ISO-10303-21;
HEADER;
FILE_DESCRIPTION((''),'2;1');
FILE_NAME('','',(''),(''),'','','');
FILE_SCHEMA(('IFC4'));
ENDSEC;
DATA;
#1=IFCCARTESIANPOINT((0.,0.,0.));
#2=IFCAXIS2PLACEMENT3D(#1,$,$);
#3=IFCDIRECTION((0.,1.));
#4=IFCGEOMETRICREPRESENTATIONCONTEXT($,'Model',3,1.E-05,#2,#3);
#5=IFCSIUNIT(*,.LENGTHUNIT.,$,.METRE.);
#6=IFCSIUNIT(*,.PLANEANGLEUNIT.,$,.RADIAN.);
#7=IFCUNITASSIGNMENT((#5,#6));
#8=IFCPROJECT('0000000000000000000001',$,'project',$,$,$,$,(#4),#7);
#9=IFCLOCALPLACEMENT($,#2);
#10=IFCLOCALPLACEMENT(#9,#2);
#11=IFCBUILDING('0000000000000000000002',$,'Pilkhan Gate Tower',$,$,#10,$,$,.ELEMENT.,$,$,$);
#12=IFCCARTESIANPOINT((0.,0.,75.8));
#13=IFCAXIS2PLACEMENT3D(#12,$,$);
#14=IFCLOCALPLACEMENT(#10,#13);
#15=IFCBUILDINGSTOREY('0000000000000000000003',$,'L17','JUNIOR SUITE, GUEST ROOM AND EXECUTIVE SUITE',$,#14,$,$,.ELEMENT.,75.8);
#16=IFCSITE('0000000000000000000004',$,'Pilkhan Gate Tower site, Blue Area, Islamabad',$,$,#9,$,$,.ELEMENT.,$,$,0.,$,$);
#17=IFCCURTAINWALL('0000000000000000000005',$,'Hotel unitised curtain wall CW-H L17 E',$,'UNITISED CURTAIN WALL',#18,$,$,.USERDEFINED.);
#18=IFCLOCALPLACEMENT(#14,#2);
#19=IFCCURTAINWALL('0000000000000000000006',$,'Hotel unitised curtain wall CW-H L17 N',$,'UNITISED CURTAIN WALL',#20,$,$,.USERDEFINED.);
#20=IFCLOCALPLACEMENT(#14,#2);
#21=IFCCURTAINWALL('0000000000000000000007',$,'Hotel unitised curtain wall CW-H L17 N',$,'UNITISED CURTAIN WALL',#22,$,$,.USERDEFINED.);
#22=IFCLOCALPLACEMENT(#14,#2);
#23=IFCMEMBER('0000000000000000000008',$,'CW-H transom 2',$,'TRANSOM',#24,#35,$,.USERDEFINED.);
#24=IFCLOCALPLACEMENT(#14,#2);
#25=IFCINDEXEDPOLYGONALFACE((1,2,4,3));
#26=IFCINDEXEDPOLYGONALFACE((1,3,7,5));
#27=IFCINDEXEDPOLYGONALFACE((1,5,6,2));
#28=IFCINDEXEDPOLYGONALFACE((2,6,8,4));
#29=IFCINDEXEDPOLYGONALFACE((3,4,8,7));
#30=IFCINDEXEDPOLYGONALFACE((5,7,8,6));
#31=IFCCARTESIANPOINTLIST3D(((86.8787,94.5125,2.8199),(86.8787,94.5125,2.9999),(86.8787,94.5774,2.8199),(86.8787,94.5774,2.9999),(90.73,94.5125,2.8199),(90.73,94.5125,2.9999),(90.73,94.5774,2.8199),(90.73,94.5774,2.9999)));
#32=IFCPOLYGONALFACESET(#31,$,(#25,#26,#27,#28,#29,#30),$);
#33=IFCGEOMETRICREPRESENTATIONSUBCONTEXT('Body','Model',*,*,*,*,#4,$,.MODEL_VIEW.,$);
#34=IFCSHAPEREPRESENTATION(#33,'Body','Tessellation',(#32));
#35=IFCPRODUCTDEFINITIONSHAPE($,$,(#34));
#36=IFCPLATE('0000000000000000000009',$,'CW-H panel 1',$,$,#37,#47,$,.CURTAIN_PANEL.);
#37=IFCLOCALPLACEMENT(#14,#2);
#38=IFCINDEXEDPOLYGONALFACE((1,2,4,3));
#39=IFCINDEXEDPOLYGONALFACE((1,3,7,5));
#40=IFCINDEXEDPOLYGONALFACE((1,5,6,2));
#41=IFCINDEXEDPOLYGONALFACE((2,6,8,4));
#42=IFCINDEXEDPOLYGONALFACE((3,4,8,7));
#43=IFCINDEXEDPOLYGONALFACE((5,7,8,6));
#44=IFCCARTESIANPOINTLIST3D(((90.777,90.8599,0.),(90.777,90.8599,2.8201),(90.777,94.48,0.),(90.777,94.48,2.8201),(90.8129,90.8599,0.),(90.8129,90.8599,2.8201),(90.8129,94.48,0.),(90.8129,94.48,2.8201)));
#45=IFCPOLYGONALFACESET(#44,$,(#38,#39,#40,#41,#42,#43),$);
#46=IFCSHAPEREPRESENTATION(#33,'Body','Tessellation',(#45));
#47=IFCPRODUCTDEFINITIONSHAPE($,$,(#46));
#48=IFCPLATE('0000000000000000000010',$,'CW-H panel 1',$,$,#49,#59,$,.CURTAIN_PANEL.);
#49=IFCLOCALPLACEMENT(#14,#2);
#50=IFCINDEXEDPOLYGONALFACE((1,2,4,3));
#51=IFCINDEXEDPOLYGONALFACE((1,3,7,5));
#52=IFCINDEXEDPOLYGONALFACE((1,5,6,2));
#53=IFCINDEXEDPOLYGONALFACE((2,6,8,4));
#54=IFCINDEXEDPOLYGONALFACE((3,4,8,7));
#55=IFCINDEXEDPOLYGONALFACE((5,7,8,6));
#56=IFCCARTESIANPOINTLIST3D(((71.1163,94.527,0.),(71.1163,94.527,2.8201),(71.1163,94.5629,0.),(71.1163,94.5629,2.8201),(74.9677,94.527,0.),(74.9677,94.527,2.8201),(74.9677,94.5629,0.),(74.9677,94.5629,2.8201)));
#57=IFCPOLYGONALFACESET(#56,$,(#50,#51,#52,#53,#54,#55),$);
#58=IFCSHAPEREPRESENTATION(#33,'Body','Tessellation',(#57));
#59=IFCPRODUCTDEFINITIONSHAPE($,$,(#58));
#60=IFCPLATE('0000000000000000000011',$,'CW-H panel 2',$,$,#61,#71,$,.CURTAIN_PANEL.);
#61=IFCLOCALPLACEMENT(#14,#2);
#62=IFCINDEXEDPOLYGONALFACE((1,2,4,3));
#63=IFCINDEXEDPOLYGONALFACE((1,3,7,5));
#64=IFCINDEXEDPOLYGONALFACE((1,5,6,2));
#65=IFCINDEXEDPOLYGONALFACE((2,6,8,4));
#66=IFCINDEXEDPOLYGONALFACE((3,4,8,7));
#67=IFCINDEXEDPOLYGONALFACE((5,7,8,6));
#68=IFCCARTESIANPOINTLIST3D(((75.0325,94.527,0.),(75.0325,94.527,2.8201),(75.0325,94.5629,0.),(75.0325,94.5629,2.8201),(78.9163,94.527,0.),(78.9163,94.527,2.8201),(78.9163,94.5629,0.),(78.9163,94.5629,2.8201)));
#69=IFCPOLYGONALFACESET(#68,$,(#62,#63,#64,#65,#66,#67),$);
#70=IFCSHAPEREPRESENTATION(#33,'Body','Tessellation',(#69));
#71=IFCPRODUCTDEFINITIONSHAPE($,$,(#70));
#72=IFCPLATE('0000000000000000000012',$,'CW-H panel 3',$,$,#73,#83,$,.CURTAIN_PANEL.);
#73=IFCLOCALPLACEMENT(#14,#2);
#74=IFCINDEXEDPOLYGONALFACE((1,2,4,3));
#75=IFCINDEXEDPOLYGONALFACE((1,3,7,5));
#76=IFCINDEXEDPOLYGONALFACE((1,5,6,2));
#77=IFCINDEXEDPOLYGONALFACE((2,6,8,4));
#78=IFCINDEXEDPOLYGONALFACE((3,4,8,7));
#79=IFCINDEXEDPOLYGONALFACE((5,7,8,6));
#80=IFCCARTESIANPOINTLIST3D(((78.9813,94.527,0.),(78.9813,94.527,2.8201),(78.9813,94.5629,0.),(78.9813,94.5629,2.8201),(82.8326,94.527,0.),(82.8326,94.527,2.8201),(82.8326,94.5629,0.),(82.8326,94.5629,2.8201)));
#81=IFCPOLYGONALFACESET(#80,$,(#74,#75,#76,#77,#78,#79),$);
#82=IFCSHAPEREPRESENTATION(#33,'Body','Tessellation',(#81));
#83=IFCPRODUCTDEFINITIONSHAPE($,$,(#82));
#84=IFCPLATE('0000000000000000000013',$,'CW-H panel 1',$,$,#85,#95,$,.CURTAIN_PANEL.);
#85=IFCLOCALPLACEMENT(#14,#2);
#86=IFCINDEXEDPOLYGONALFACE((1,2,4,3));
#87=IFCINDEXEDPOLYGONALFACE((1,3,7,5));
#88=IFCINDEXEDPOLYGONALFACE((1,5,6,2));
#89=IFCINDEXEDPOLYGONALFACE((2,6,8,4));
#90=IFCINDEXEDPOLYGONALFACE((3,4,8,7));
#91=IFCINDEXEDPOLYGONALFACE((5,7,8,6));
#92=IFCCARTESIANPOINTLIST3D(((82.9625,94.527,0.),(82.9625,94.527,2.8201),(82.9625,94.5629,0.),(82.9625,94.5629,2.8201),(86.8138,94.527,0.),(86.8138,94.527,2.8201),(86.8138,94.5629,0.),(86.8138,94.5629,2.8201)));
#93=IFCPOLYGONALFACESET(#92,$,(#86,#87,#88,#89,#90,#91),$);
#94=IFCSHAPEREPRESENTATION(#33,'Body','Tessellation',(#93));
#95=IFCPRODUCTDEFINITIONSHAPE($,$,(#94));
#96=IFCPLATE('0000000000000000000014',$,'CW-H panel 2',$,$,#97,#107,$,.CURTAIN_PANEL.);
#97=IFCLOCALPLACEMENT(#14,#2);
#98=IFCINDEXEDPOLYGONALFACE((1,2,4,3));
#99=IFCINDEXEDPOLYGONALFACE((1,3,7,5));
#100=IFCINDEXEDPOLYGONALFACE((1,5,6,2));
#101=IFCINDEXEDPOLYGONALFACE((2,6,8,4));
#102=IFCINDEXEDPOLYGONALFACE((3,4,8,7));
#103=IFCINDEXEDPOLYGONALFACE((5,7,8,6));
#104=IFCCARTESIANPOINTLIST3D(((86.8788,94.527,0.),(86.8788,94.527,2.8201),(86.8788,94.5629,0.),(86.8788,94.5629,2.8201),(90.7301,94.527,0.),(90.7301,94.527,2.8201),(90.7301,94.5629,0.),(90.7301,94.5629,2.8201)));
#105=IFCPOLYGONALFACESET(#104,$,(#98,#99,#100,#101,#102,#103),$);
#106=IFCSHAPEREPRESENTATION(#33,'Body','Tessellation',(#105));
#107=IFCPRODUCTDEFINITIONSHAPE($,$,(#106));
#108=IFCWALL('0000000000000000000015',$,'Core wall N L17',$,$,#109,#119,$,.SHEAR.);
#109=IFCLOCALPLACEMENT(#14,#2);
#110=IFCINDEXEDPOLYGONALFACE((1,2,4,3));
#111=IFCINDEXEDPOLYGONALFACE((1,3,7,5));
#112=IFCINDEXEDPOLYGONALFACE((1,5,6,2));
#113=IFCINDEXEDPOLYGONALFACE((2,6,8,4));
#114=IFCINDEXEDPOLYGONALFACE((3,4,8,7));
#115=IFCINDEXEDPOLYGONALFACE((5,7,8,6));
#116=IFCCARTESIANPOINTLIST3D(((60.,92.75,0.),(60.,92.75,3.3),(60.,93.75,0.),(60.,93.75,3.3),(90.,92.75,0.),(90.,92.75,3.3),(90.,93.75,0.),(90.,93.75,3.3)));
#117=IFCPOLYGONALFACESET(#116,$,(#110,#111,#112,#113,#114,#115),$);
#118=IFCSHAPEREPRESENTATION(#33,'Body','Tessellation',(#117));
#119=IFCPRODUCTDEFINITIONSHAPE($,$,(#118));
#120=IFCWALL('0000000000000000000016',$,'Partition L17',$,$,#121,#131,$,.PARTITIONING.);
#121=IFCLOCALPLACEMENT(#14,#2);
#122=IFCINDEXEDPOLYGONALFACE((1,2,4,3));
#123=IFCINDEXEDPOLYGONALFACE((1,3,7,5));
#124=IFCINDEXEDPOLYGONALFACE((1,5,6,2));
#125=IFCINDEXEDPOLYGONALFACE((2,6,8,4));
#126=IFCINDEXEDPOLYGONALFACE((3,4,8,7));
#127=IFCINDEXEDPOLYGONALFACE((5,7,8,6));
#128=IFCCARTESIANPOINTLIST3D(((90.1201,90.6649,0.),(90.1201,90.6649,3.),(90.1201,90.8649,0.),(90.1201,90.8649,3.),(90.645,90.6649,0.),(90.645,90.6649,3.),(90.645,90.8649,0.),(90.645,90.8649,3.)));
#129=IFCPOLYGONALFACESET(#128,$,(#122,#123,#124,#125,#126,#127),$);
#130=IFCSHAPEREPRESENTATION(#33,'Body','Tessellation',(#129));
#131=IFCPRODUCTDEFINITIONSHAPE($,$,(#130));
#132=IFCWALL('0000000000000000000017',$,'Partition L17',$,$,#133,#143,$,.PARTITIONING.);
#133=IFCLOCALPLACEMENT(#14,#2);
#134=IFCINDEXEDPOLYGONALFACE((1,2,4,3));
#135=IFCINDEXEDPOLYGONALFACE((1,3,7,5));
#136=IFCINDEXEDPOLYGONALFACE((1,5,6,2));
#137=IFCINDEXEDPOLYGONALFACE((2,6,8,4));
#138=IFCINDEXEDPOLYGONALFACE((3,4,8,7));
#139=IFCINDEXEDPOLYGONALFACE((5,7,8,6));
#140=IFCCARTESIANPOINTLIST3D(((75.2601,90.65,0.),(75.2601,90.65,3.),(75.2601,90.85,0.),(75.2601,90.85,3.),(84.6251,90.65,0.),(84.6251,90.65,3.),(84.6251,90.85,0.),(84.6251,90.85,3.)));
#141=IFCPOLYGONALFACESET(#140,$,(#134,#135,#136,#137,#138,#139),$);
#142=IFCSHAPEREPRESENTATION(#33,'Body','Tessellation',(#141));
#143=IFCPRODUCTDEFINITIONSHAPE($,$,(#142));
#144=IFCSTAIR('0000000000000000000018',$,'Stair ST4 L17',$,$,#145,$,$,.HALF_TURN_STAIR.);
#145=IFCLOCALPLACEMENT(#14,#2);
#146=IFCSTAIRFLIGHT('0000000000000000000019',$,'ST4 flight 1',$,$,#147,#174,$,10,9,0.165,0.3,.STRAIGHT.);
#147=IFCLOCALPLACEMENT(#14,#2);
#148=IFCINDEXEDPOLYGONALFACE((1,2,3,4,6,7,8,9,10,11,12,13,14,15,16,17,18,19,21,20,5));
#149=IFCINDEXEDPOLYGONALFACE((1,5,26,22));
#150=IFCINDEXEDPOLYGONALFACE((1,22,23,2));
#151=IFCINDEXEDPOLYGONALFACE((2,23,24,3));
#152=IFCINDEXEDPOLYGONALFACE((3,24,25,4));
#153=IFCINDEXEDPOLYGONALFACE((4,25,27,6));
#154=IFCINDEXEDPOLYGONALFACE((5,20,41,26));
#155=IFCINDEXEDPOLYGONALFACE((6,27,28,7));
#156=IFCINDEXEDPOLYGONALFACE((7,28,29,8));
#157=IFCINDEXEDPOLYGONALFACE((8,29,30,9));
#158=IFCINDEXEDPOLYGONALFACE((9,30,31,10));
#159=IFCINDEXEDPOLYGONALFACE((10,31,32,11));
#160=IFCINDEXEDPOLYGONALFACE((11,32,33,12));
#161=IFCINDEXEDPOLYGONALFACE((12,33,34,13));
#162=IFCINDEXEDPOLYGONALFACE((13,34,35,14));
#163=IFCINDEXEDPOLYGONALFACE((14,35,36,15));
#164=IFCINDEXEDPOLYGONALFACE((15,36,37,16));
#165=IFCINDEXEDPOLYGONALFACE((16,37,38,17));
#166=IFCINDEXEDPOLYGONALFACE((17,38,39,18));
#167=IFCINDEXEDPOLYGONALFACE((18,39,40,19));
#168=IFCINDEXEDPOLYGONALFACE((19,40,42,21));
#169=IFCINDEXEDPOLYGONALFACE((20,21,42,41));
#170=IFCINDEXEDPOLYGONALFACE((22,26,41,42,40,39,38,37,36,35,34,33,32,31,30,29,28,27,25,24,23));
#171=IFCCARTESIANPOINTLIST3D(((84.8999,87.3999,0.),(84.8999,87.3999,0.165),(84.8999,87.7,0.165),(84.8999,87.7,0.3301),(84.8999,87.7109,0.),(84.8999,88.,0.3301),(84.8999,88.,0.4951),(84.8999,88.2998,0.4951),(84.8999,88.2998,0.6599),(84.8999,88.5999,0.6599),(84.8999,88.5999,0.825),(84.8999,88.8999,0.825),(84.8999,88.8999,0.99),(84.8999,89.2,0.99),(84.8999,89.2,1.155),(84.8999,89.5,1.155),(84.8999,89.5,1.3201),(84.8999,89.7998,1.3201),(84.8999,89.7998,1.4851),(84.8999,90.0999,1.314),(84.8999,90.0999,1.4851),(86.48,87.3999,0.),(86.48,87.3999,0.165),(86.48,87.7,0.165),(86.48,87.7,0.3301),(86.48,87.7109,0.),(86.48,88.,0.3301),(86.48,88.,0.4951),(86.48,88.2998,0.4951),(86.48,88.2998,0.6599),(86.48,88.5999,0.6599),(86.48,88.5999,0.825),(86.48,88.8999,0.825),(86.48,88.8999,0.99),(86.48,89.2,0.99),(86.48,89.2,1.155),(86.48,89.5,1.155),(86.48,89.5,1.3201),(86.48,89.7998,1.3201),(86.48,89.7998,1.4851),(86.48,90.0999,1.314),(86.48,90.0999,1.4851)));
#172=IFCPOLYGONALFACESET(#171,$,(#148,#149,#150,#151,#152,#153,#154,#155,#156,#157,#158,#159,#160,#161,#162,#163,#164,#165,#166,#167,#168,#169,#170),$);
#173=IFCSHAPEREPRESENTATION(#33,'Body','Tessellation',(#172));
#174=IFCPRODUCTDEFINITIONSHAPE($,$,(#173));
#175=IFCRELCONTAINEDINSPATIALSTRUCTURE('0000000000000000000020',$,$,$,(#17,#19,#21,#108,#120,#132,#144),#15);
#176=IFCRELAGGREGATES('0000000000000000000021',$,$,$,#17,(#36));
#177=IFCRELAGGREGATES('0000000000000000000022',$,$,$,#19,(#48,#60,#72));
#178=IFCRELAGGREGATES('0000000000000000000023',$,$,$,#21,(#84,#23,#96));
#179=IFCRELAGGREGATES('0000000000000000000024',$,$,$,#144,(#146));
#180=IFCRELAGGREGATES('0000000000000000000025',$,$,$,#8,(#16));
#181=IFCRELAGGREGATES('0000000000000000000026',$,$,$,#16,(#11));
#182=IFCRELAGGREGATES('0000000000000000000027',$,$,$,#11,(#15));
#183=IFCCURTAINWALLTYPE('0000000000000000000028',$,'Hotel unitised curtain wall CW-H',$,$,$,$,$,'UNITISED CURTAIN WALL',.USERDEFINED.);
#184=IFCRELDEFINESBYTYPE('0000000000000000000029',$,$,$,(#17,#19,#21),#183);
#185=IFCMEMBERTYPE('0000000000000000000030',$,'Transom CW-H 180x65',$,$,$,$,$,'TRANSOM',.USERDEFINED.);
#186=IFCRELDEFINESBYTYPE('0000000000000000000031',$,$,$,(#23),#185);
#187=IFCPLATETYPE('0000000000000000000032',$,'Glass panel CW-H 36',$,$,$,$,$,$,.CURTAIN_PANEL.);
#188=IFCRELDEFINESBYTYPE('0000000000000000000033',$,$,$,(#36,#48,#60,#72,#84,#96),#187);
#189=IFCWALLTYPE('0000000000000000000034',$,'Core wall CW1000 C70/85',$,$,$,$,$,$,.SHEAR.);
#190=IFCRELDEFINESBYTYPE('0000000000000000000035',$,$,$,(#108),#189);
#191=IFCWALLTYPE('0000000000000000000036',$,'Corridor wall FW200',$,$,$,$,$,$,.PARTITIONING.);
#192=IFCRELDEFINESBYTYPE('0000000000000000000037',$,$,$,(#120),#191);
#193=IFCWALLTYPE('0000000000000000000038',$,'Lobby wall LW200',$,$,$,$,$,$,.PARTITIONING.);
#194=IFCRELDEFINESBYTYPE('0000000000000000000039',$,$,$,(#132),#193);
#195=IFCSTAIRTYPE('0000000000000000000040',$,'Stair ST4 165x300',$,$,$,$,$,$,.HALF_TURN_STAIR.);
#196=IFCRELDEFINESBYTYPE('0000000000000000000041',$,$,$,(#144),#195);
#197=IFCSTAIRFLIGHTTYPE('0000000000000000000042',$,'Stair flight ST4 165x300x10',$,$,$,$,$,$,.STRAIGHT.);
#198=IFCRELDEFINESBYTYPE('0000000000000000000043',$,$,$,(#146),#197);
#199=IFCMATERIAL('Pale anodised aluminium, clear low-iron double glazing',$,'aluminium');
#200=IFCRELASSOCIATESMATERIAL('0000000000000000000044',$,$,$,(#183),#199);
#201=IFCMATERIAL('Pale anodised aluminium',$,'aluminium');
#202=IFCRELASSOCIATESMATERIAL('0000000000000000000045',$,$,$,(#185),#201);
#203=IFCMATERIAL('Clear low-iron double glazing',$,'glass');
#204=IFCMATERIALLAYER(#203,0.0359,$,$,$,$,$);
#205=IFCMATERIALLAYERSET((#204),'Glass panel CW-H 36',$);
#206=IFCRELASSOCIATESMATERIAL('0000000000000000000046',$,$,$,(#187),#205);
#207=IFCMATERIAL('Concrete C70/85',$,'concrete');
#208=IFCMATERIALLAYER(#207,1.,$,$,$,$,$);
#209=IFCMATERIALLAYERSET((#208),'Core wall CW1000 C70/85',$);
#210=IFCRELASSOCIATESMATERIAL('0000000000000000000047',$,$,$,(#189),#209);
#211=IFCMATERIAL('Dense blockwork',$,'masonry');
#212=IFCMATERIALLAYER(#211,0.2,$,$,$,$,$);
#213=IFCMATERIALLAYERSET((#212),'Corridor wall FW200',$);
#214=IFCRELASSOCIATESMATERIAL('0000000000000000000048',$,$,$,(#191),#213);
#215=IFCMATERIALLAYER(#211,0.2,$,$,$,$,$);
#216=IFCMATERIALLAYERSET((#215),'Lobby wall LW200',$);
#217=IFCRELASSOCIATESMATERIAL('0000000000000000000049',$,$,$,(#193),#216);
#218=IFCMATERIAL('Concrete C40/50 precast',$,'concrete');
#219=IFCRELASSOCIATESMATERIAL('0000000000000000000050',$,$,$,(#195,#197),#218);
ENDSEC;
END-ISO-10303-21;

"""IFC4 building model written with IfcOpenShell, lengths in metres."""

from ifc_helpers import new_model, si_unit, direction, frame, frame_2d, origin, origin_2d, place, context, subcontext, project, spatial, polyline, rectangle, outline, extrude, material, layer, layer_set, material_profile, profile_set, type_object, element, aggregate, save


model = new_model("IFC4")

# Units and contexts
model_context = context("Model", 3, precision=1e-05, world=origin(), true_north=direction((0.0, 1.0)))
body_context = subcontext(model_context, "Body", "Model", "MODEL_VIEW")
ifc_project = project(units=[si_unit("LENGTHUNIT", "METRE"), si_unit("PLANEANGLEUNIT", "RADIAN")], contexts=[model_context])

# Site, building, storey
site_placement = place(None, origin())
site = spatial("IfcSite", under=ifc_project, at=site_placement, Name="Pilkhan Gate Tower site, Blue Area, Islamabad", CompositionType="ELEMENT", RefElevation=0.0)
building_placement = place(site_placement, origin())
building = spatial("IfcBuilding", under=site, at=building_placement, Name="Pilkhan Gate Tower", CompositionType="ELEMENT")
storey_placement = place(building_placement, frame((0.0, 0.0, 75.8)))
storey = spatial("IfcBuildingStorey", under=building, at=storey_placement, Name="L17", Description="JUNIOR SUITE, GUEST ROOM AND EXECUTIVE SUITE", CompositionType="ELEMENT", Elevation=75.8)

# Curtain wall
ifc_material_1 = material(Name="Pale anodised aluminium, clear low-iron double glazing", Category="aluminium")
curtain_wall_type = type_object("IfcCurtainWallType", Name="Hotel unitised curtain wall CW-H", ElementType="UNITISED CURTAIN WALL", PredefinedType="USERDEFINED", material=ifc_material_1)
curtain_wall_1_placement = place(storey_placement, origin())
curtain_wall_1 = element("IfcCurtainWall", 1, at=curtain_wall_1_placement, inside=storey, type_object=curtain_wall_type, Name="Hotel unitised curtain wall CW-H L17 E", ObjectType="UNITISED CURTAIN WALL", PredefinedType="USERDEFINED")
ifc_material_2 = material(Name="Pale anodised aluminium", Category="aluminium")

# Curtain walls
curtain_wall_2_placement = place(storey_placement, origin())
curtain_wall_2 = element("IfcCurtainWall", 2, at=curtain_wall_2_placement, inside=storey, type_object=curtain_wall_type, Name="Hotel unitised curtain wall CW-H L17 N", ObjectType="UNITISED CURTAIN WALL", PredefinedType="USERDEFINED")
curtain_wall_3_placement = place(storey_placement, origin())
curtain_wall_3 = element("IfcCurtainWall", 3, at=curtain_wall_3_placement, inside=storey, type_object=curtain_wall_type, Name="Hotel unitised curtain wall CW-H L17 N", ObjectType="UNITISED CURTAIN WALL", PredefinedType="USERDEFINED")

# Member
ifc_material_profile_1 = material_profile(ifc_material_2, rectangle(XDim=0.0649, YDim=0.1799, at=origin_2d()), Name="Transom 180x65")
ifc_profile_set_1 = profile_set([ifc_material_profile_1], Name="Pale anodised aluminium")
member_type_1 = type_object("IfcMemberType", Name="Transom CW-H 180x65", ElementType="TRANSOM", PredefinedType="USERDEFINED", material=ifc_profile_set_1)
member_1_placement = place(storey_placement, frame((86.8787, 94.5449, 2.9099), z_axis=(1.0, 0.0, 0.0), x_axis=(0.0, 1.0, 0.0)))
member_1 = element("IfcMember", 4, at=member_1_placement, type_object=member_type_1, Name="CW-H transom 2", ObjectType="TRANSOM", PredefinedType="USERDEFINED", context=body_context, shape_type="SweptSolid", body=[
    extrude(rectangle(XDim=0.0649, YDim=0.1799, at=origin_2d()), origin(), (0.0, 0.0, 1.0), 3.8513),
])

# Plates
ifc_material_3 = material(Name="Clear low-iron double glazing", Category="glass")
ifc_layer_1 = layer(ifc_material_3, 0.0359)
ifc_layer_set_1 = layer_set([ifc_layer_1], Name="Glass panel CW-H 36")
plate_type = type_object("IfcPlateType", Name="Glass panel CW-H 36", PredefinedType="CURTAIN_PANEL", material=ifc_layer_set_1)
plate_1_placement = place(storey_placement, frame((90.7949, 92.6699, 0.0), z_axis=(0.0, 0.0, 1.0), x_axis=(0.0, 1.0, 0.0)))
plate_1 = element("IfcPlate", 5, at=plate_1_placement, type_object=plate_type, Name="CW-H panel 1", PredefinedType="CURTAIN_PANEL", context=body_context, shape_type="SweptSolid", body=[
    extrude(rectangle(XDim=3.6201, YDim=0.0359, at=origin_2d()), origin(), (0.0, 0.0, 1.0), 2.8201),
])
aggregate(curtain_wall_1, [plate_1])
plate_2_placement = place(storey_placement, frame((73.042, 94.5449, 0.0), z_axis=(0.0, 0.0, 1.0), x_axis=(1.0, 0.0, 0.0)))
plate_2 = element("IfcPlate", 6, at=plate_2_placement, type_object=plate_type, Name="CW-H panel 1", PredefinedType="CURTAIN_PANEL", context=body_context, shape_type="SweptSolid", body=[
    extrude(rectangle(XDim=3.8513, YDim=0.0359, at=origin_2d()), origin(), (0.0, 0.0, 1.0), 2.8201),
])
plate_3_placement = place(storey_placement, frame((76.9744, 94.5449, 0.0), z_axis=(0.0, 0.0, 1.0), x_axis=(1.0, 0.0, 0.0)))
plate_3 = element("IfcPlate", 7, at=plate_3_placement, type_object=plate_type, Name="CW-H panel 2", PredefinedType="CURTAIN_PANEL", context=body_context, shape_type="SweptSolid", body=[
    extrude(rectangle(XDim=3.8838, YDim=0.0359, at=origin_2d()), origin(), (0.0, 0.0, 1.0), 2.8201),
])
plate_4_placement = place(storey_placement, frame((80.907, 94.5449, 0.0), z_axis=(0.0, 0.0, 1.0), x_axis=(1.0, 0.0, 0.0)))
plate_4 = element("IfcPlate", 8, at=plate_4_placement, type_object=plate_type, Name="CW-H panel 3", PredefinedType="CURTAIN_PANEL", context=body_context, shape_type="SweptSolid", body=[
    extrude(rectangle(XDim=3.8513, YDim=0.0359, at=origin_2d()), origin(), (0.0, 0.0, 1.0), 2.8201),
])
aggregate(curtain_wall_2, [plate_2, plate_3, plate_4])
plate_5_placement = place(storey_placement, frame((84.8882, 94.5449, 0.0), z_axis=(0.0, 0.0, 1.0), x_axis=(1.0, 0.0, 0.0)))
plate_5 = element("IfcPlate", 9, at=plate_5_placement, type_object=plate_type, Name="CW-H panel 1", PredefinedType="CURTAIN_PANEL", context=body_context, shape_type="SweptSolid", body=[
    extrude(rectangle(XDim=3.8513, YDim=0.0359, at=origin_2d()), origin(), (0.0, 0.0, 1.0), 2.8201),
])
plate_6_placement = place(storey_placement, frame((88.8044, 94.5449, 0.0), z_axis=(0.0, 0.0, 1.0), x_axis=(1.0, 0.0, 0.0)))
plate_6 = element("IfcPlate", 10, at=plate_6_placement, type_object=plate_type, Name="CW-H panel 2", PredefinedType="CURTAIN_PANEL", context=body_context, shape_type="SweptSolid", body=[
    extrude(rectangle(XDim=3.8513, YDim=0.0359, at=origin_2d()), origin(), (0.0, 0.0, 1.0), 2.8201),
])
aggregate(curtain_wall_3, [plate_5, member_1, plate_6])

# Walls
ifc_material_4 = material(Name="Concrete C70/85", Category="concrete")
ifc_layer_2 = layer(ifc_material_4, 1.0)
ifc_layer_set_2 = layer_set([ifc_layer_2], Name="Core wall CW1000 C70/85")
wall_type_1 = type_object("IfcWallType", Name="Core wall CW1000 C70/85", PredefinedType="SHEAR", material=ifc_layer_set_2)
wall_1_placement = place(storey_placement, frame((90.0, 93.25, 0.0), z_axis=(0.0, 0.0, 1.0), x_axis=(-1.0, 0.0, 0.0)))
element("IfcWall", 11, at=wall_1_placement, inside=storey, type_object=wall_type_1, Name="Core wall N L17", PredefinedType="SHEAR", context=body_context, shape_type="SweptSolid", body=[
    extrude(rectangle(XDim=30.0, YDim=1.0, at=frame_2d((15.0, 0.0))), origin(), (0.0, 0.0, 1.0), 3.3),
])
ifc_material_5 = material(Name="Dense blockwork", Category="masonry")
ifc_layer_3 = layer(ifc_material_5, 0.2)
ifc_layer_set_3 = layer_set([ifc_layer_3], Name="Corridor wall FW200")
wall_type_2 = type_object("IfcWallType", Name="Corridor wall FW200", PredefinedType="PARTITIONING", material=ifc_layer_set_3)
wall_2_placement = place(storey_placement, frame((90.1201, 90.7649, 0.0), z_axis=(0.0, 0.0, 1.0), x_axis=(1.0, 0.0, 0.0)))
element("IfcWall", 12, at=wall_2_placement, inside=storey, type_object=wall_type_2, Name="Partition L17", PredefinedType="PARTITIONING", context=body_context, shape_type="SweptSolid", body=[
    extrude(rectangle(XDim=0.5249, YDim=0.2, at=frame_2d((0.2625, 0.0))), origin(), (0.0, 0.0, 1.0), 3.0),
])

# Wall
ifc_layer_4 = layer(ifc_material_5, 0.2)
ifc_layer_set_4 = layer_set([ifc_layer_4], Name="Lobby wall LW200")
wall_type_3 = type_object("IfcWallType", Name="Lobby wall LW200", PredefinedType="PARTITIONING", material=ifc_layer_set_4)
wall_3_placement = place(storey_placement, frame((75.26, 90.75, 0.0), z_axis=(0.0, 0.0, 1.0), x_axis=(1.0, 0.0, 0.0)))
element("IfcWall", 13, at=wall_3_placement, inside=storey, type_object=wall_type_3, Name="Partition L17", PredefinedType="PARTITIONING", context=body_context, shape_type="SweptSolid", body=[
    extrude(rectangle(XDim=9.365, YDim=0.2, at=frame_2d((4.6826, 0.0))), origin(), (0.0, 0.0, 1.0), 3.0),
])

# Stair, stair flight
ifc_material_6 = material(Name="Concrete C40/50 precast", Category="concrete")
stair_type = type_object("IfcStairType", Name="Stair ST4 165x300", PredefinedType="HALF_TURN_STAIR", material=ifc_material_6)
stair_placement = place(storey_placement, origin())
stair = element("IfcStair", 14, at=stair_placement, inside=storey, type_object=stair_type, Name="Stair ST4 L17", PredefinedType="HALF_TURN_STAIR")
stair_flight_type = type_object("IfcStairFlightType", Name="Stair flight ST4 165x300x10", PredefinedType="STRAIGHT", material=ifc_material_6)
stair_flight_1_placement = place(storey_placement, frame((85.6899, 87.3999, 0.0), z_axis=(0.0, 0.0, 1.0), x_axis=(0.0, 1.0, 0.0)))
stair_flight_1 = element("IfcStairFlight", 15, at=stair_flight_1_placement, type_object=stair_flight_type, Name="ST4 flight 1", NumberOfRisers=10, NumberOfTreads=9, PredefinedType="STRAIGHT", RiserHeight=0.165, TreadLength=0.3, context=body_context, shape_type="SweptSolid", body=[
    extrude(outline(polyline([(0.0, 0.0), (0.0, 0.165), (0.3, 0.165), (0.3, 0.3301), (0.6001, 0.3301), (0.6001, 0.4951), (0.8999, 0.4951), (0.8999, 0.6599), (1.2, 0.6599), (1.2, 0.825), (1.5, 0.825), (1.5, 0.99), (1.8, 0.99), (1.8, 1.155), (2.1001, 1.155), (2.1001, 1.3201), (2.3999, 1.3201), (2.3999, 1.4851), (2.7, 1.4851), (2.7, 1.6499), (2.7, 1.314), (0.311, 0.0), (0.0, 0.0)])), frame((0.0, 0.79, 0.0), z_axis=(0.0, -1.0, 0.0), x_axis=(1.0, 0.0, 0.0)), (0.0, 0.0, 1.0), 1.5801),
])
aggregate(stair, [stair_flight_1])

save(model, "model.ifc")
